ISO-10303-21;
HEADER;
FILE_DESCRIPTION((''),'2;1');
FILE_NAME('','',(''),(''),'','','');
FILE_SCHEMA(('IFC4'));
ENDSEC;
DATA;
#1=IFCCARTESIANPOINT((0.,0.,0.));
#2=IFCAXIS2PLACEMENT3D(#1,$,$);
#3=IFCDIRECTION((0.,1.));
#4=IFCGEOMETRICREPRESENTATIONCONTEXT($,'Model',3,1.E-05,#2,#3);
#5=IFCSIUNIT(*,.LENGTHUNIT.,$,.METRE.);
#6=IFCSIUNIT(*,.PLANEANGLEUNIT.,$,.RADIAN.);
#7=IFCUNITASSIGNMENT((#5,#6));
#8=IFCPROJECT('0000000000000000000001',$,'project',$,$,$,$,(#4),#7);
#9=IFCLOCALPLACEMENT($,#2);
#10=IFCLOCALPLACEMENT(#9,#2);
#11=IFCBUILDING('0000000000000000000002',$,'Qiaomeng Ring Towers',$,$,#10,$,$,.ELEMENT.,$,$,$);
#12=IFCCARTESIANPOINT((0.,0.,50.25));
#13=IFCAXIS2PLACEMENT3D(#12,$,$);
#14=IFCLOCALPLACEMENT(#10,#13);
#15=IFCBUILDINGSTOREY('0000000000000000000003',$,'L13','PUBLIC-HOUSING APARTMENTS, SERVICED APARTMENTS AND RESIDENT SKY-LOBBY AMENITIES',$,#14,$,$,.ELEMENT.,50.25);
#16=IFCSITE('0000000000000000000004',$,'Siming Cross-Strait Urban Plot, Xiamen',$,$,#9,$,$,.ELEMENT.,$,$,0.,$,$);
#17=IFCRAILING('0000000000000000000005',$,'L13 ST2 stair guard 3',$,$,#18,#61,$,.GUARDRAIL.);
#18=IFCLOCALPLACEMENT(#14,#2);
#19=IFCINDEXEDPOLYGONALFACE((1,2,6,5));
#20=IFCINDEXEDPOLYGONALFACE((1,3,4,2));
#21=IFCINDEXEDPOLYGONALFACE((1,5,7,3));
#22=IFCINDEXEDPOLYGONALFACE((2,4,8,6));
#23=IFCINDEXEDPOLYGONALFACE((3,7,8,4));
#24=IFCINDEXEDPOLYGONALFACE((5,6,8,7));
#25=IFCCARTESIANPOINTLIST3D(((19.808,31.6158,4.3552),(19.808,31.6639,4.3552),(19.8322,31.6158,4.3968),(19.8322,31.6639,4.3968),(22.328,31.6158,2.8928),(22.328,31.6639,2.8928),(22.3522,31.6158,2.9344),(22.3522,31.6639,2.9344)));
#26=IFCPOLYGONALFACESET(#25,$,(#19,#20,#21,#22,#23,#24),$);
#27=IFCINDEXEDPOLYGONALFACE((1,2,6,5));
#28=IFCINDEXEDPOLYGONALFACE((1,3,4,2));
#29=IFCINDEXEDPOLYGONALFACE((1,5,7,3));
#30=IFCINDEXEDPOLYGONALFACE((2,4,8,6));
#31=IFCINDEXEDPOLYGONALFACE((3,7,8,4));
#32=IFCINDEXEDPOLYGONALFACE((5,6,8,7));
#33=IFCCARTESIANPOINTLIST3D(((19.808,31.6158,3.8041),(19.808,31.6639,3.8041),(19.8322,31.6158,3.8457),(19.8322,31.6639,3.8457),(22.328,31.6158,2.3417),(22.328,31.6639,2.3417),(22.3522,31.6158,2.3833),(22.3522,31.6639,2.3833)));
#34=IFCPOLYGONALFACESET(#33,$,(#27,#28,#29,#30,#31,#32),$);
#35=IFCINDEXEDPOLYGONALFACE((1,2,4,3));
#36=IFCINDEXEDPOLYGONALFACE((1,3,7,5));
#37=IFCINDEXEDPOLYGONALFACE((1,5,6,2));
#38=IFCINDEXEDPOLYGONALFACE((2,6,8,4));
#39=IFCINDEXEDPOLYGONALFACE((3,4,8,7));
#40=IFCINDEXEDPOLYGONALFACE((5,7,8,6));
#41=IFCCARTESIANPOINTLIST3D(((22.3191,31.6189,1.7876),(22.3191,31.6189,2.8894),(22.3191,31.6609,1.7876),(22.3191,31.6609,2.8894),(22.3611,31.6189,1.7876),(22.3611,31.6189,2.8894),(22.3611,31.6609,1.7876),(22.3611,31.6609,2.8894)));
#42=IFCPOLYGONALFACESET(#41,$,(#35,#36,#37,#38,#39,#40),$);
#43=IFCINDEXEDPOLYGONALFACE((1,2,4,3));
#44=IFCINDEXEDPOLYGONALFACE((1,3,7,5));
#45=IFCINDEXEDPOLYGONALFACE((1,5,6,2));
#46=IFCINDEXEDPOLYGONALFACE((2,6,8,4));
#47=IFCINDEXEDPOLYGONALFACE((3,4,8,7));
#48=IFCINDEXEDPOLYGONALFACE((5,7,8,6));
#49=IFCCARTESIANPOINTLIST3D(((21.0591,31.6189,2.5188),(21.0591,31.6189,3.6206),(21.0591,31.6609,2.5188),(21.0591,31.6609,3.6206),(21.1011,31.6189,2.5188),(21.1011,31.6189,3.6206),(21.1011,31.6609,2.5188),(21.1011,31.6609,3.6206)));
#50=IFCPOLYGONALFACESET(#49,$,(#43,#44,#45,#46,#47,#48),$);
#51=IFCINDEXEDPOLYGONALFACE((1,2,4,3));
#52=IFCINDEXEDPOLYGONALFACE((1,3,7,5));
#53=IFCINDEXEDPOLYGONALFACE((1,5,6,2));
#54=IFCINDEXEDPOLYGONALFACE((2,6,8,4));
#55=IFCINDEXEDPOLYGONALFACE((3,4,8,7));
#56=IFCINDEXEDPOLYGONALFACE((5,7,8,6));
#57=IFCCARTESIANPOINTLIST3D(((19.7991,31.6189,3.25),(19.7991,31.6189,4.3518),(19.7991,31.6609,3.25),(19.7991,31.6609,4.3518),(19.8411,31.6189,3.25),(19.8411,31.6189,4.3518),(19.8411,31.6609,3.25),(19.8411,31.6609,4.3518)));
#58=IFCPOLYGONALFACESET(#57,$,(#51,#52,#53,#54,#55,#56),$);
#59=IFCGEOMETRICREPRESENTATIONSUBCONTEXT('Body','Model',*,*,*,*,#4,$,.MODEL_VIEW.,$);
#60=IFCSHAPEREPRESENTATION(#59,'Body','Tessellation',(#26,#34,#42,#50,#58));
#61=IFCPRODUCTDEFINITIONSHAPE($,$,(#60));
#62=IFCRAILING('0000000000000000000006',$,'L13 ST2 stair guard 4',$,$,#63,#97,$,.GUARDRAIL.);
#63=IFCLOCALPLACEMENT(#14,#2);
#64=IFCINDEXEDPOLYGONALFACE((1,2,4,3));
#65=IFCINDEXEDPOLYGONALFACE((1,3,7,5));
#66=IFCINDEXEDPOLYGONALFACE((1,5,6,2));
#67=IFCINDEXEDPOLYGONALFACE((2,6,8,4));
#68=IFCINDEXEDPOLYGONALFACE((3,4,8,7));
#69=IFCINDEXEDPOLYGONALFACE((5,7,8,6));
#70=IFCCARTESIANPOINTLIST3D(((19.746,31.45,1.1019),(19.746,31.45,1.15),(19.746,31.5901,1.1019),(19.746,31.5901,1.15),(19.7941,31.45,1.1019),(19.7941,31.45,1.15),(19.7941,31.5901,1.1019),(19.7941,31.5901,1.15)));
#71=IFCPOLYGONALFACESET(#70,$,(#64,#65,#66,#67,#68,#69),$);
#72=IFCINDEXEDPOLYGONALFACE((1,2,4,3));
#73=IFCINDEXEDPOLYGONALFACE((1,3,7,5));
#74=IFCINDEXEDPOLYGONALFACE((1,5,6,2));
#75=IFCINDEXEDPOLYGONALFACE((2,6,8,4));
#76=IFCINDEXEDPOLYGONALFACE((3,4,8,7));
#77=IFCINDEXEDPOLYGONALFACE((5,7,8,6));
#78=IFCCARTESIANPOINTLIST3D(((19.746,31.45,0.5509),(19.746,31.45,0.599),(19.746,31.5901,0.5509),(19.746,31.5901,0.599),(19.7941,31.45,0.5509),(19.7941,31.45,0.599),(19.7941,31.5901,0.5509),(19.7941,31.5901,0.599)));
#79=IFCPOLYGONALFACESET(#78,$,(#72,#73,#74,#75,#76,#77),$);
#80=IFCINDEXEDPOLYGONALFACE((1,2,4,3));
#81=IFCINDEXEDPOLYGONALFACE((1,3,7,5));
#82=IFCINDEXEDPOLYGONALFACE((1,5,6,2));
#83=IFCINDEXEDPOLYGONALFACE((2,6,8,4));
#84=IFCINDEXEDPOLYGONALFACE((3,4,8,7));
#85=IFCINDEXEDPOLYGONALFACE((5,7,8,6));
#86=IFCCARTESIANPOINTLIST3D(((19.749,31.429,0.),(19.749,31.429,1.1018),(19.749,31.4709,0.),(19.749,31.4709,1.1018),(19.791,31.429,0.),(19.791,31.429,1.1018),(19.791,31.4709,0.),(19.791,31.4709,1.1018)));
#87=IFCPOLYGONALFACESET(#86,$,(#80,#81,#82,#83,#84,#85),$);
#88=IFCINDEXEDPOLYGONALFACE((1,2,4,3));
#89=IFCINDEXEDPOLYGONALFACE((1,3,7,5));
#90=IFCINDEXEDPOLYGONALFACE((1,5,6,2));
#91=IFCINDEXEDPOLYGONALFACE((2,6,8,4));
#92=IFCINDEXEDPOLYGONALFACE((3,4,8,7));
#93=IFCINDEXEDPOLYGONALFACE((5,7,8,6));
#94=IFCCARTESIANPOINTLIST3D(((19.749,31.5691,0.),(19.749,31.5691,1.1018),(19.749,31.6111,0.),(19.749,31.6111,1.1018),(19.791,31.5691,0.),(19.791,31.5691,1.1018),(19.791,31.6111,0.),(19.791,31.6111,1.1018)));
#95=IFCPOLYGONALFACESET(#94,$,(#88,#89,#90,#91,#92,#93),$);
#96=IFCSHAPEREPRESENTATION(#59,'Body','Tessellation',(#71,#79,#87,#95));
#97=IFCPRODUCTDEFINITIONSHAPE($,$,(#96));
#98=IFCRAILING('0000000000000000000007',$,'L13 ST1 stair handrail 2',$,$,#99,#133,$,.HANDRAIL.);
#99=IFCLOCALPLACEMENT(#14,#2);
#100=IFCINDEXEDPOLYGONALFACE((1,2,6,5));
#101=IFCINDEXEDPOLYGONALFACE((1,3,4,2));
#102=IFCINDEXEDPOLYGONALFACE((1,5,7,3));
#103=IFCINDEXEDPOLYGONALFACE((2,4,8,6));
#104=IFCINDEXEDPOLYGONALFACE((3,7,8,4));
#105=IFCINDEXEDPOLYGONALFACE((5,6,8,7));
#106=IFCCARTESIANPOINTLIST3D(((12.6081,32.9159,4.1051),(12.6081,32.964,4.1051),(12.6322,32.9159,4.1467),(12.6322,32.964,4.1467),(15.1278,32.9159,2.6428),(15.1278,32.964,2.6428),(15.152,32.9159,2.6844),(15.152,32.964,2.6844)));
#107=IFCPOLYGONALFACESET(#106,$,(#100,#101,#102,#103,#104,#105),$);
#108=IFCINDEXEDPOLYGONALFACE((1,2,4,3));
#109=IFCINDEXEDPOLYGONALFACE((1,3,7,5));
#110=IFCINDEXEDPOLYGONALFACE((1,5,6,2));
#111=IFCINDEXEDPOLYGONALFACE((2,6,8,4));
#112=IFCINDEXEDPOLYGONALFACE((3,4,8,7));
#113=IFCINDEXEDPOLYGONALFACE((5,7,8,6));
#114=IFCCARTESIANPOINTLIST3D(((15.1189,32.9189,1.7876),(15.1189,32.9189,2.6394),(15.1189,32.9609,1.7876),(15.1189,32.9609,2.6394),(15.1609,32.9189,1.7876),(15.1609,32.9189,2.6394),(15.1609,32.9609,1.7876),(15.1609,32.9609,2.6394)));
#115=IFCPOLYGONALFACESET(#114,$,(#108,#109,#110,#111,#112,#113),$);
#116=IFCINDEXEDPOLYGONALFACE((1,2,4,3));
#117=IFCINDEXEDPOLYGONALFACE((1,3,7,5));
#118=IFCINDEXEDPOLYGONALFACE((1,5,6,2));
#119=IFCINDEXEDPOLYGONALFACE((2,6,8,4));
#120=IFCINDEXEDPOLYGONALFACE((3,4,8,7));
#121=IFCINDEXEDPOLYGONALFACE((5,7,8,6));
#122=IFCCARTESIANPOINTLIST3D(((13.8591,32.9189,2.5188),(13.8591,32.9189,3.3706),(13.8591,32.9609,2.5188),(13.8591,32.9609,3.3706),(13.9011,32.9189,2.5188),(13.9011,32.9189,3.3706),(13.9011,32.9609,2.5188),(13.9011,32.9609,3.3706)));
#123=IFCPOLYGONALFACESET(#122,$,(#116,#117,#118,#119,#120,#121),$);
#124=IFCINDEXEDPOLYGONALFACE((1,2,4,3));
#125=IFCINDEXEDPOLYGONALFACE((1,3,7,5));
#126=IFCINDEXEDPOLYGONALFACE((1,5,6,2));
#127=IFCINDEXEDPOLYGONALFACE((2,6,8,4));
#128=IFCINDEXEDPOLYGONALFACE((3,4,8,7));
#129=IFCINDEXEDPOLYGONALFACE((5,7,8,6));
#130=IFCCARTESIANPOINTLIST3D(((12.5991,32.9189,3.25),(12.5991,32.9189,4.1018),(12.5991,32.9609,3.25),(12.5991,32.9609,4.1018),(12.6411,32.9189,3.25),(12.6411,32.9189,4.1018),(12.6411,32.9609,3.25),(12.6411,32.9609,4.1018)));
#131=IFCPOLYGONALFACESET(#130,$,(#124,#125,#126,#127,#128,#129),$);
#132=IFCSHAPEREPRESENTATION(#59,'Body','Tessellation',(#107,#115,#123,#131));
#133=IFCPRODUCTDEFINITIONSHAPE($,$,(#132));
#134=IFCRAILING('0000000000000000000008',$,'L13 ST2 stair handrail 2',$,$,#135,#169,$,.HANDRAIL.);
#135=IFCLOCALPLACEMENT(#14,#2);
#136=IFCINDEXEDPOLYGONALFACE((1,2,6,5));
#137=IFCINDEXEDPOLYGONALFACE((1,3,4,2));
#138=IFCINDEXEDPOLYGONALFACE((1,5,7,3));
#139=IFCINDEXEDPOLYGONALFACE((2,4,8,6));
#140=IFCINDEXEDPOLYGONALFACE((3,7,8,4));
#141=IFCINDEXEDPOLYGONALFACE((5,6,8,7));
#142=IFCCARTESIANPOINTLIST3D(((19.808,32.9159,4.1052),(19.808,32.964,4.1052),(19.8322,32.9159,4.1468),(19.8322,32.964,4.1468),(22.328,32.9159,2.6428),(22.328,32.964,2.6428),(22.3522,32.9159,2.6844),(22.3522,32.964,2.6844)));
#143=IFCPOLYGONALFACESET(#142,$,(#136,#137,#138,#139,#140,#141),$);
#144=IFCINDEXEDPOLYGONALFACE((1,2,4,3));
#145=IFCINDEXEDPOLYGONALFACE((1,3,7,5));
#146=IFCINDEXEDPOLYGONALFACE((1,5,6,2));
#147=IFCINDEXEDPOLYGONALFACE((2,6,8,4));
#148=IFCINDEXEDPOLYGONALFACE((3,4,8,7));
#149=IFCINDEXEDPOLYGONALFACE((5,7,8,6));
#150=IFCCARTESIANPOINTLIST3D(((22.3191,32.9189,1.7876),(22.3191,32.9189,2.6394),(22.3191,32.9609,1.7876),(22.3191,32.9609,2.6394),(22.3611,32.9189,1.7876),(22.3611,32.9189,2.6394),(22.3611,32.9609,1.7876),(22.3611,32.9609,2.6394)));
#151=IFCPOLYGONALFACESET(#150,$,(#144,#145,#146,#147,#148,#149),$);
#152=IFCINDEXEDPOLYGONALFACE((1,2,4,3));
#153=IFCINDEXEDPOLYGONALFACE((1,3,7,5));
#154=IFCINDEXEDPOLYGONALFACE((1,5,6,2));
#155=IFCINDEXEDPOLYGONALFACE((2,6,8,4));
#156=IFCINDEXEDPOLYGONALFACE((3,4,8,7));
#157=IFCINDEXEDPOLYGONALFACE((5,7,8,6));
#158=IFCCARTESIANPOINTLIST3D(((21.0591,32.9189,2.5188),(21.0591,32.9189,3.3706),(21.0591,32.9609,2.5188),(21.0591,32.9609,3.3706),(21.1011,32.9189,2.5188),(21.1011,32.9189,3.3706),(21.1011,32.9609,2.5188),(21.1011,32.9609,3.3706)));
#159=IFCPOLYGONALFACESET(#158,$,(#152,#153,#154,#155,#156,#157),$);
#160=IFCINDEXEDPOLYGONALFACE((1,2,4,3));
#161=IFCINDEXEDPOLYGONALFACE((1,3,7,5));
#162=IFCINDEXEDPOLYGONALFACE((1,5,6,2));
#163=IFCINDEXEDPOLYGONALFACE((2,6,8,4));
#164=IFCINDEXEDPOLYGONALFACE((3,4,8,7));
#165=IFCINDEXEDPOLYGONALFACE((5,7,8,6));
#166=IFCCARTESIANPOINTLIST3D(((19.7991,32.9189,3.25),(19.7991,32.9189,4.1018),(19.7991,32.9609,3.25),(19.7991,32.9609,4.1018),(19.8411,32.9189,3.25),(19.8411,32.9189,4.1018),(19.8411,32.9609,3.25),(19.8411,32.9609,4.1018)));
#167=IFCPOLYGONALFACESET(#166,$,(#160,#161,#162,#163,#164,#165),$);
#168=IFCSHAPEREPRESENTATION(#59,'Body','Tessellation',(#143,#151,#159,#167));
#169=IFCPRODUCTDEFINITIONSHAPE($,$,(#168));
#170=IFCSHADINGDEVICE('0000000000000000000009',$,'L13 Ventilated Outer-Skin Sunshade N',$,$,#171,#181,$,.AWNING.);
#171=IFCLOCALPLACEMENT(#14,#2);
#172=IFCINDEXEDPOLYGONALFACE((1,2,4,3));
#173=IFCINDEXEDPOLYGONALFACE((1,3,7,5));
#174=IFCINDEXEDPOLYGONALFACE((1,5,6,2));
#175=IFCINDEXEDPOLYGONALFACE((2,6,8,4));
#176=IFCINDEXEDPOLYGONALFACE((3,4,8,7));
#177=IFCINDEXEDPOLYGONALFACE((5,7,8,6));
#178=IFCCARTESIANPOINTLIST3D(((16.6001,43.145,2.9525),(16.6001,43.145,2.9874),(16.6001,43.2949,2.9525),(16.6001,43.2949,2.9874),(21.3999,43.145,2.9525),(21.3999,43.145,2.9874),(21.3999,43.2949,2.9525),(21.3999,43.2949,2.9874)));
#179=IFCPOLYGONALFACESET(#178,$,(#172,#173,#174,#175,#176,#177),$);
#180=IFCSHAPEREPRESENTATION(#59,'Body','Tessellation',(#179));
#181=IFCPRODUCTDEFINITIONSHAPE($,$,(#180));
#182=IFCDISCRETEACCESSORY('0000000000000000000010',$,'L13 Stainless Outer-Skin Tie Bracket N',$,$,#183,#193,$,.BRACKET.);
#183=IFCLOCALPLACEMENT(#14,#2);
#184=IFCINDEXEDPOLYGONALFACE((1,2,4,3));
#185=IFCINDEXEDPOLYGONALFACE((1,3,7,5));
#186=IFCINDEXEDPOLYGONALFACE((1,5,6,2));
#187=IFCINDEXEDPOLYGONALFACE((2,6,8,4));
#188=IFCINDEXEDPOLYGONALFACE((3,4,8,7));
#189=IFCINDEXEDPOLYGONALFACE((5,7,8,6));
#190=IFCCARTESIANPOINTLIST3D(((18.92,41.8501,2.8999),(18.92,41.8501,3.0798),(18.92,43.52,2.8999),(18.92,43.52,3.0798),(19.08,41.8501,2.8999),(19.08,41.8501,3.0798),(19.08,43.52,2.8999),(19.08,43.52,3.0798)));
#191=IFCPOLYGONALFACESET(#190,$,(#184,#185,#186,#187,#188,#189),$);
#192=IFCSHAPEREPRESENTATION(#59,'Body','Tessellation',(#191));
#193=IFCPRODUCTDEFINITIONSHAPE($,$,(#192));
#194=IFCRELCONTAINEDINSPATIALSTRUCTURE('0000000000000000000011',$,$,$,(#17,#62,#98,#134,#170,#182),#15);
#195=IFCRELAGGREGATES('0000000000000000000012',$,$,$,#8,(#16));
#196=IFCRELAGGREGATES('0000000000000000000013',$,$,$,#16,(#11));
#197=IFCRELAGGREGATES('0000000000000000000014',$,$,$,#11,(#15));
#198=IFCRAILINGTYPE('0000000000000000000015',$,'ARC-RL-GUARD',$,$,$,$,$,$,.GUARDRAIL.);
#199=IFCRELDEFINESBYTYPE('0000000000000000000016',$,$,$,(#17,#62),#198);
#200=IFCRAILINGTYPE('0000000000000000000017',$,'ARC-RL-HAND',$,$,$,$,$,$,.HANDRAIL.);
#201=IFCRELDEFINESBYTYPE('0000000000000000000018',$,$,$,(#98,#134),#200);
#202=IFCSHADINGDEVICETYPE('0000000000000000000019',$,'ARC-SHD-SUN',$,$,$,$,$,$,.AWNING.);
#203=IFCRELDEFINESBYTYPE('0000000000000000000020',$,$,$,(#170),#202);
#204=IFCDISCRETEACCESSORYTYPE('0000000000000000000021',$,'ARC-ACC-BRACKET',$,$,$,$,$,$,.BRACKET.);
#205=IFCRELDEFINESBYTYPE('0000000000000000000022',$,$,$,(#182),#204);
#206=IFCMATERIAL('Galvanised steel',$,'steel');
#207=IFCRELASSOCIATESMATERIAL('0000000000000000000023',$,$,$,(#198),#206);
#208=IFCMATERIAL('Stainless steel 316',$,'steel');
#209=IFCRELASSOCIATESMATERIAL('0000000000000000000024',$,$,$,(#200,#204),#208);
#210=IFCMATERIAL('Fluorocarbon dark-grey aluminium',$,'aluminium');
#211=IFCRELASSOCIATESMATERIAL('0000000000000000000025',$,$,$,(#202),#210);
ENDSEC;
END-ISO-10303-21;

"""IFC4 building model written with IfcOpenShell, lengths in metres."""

from ifc_helpers import new_model, si_unit, direction, frame, origin, origin_2d, place, context, subcontext, project, spatial, rectangle, extrude, source, transform, mapped, material, material_profile, profile_set, type_object, element, save


model = new_model("IFC4")

# Units and contexts
model_context = context("Model", 3, precision=1e-05, world=origin(), true_north=direction((0.0, 1.0)))
body_context = subcontext(model_context, "Body", "Model", "MODEL_VIEW")
ifc_project = project(units=[si_unit("LENGTHUNIT", "METRE"), si_unit("PLANEANGLEUNIT", "RADIAN")], contexts=[model_context])

# Site, building, storey
site_placement = place(None, origin())
site = spatial("IfcSite", under=ifc_project, at=site_placement, Name="Siming Cross-Strait Urban Plot, Xiamen", CompositionType="ELEMENT", RefElevation=0.0)
building_placement = place(site_placement, origin())
building = spatial("IfcBuilding", under=site, at=building_placement, Name="Qiaomeng Ring Towers", CompositionType="ELEMENT")
storey_placement = place(building_placement, frame((0.0, 0.0, 50.25)))
storey = spatial("IfcBuildingStorey", under=building, at=storey_placement, Name="L13", Description="PUBLIC-HOUSING APARTMENTS, SERVICED APARTMENTS AND RESIDENT SKY-LOBBY AMENITIES", CompositionType="ELEMENT", Elevation=50.25)

# Shared definitions
ifc_material_1 = material(Name="Galvanised steel", Category="steel")

# Railings
railing_type_1 = type_object("IfcRailingType", Name="ARC-RL-GUARD", PredefinedType="GUARDRAIL", material=ifc_material_1)
railing_1_placement = place(storey_placement, frame((22.3401, 31.6399, 1.7876)))
element("IfcRailing", 1, at=railing_1_placement, inside=storey, type_object=railing_type_1, Name="L13 ST2 stair guard 3", PredefinedType="GUARDRAIL", context=body_context, shape_type="SweptSolid", body=[
    extrude(rectangle(XDim=0.0481, YDim=0.0481, at=origin_2d()), frame((0.0, 0.0, 1.126), z_axis=(-0.864913, 0.0, 0.501921), x_axis=(0.0, -1.0, 0.0)), (0.0, 0.0, 1.0), 2.9136),
    extrude(rectangle(XDim=0.0481, YDim=0.0481, at=origin_2d()), frame((0.0, 0.0, 0.575), z_axis=(-0.864913, 0.0, 0.501921), x_axis=(0.0, -1.0, 0.0)), (0.0, 0.0, 1.0), 2.9136),
    extrude(rectangle(XDim=0.042, YDim=0.042, at=origin_2d()), origin(), (0.0, 0.0, 1.0), 1.1018),
    extrude(rectangle(XDim=0.042, YDim=0.042, at=origin_2d()), frame((-1.26, 0.0, 0.7312)), (0.0, 0.0, 1.0), 1.1018),
    extrude(rectangle(XDim=0.042, YDim=0.042, at=origin_2d()), frame((-2.52, 0.0, 1.4624)), (0.0, 0.0, 1.0), 1.1018),
])
railing_2_placement = place(storey_placement, frame((19.77, 31.45, 0.0)))
element("IfcRailing", 2, at=railing_2_placement, inside=storey, type_object=railing_type_1, Name="L13 ST2 stair guard 4", PredefinedType="GUARDRAIL", context=body_context, shape_type="SweptSolid", body=[
    extrude(rectangle(XDim=0.0481, YDim=0.0481, at=origin_2d()), frame((0.0, 0.0, 1.126), z_axis=(0.0, 1.0, 0.0), x_axis=(-1.0, 0.0, 0.0)), (0.0, 0.0, 1.0), 0.1401),
    extrude(rectangle(XDim=0.0481, YDim=0.0481, at=origin_2d()), frame((0.0, 0.0, 0.575), z_axis=(0.0, 1.0, 0.0), x_axis=(-1.0, 0.0, 0.0)), (0.0, 0.0, 1.0), 0.1401),
    extrude(rectangle(XDim=0.042, YDim=0.042, at=origin_2d()), origin(), (0.0, 0.0, 1.0), 1.1018),
    extrude(rectangle(XDim=0.042, YDim=0.042, at=origin_2d()), frame((0.0, 0.1401, 0.0)), (0.0, 0.0, 1.0), 1.1018),
])
ifc_material_2 = material(Name="Stainless steel 316", Category="steel")
railing_type_2 = type_object("IfcRailingType", Name="ARC-RL-HAND", PredefinedType="HANDRAIL", material=ifc_material_2)
railing_3_placement = place(storey_placement, frame((15.1399, 32.9399, 1.7876)))
element("IfcRailing", 3, at=railing_3_placement, inside=storey, type_object=railing_type_2, Name="L13 ST1 stair handrail 2", PredefinedType="HANDRAIL", context=body_context, shape_type="SweptSolid", body=[
    extrude(rectangle(XDim=0.0481, YDim=0.0481, at=origin_2d()), frame((0.0, 0.0, 0.876), z_axis=(-0.864892, 0.0, 0.501958), x_axis=(0.0, -1.0, 0.0)), (0.0, 0.0, 1.0), 2.9133),
    extrude(rectangle(XDim=0.042, YDim=0.042, at=origin_2d()), origin(), (0.0, 0.0, 1.0), 0.8518),
    extrude(rectangle(XDim=0.042, YDim=0.042, at=origin_2d()), frame((-1.2598, 0.0, 0.7312)), (0.0, 0.0, 1.0), 0.8518),
    extrude(rectangle(XDim=0.042, YDim=0.042, at=origin_2d()), frame((-2.5198, 0.0, 1.4624)), (0.0, 0.0, 1.0), 0.8518),
])
railing_4_placement = place(storey_placement, frame((22.3401, 32.9399, 1.7876)))
element("IfcRailing", 4, at=railing_4_placement, inside=storey, type_object=railing_type_2, Name="L13 ST2 stair handrail 2", PredefinedType="HANDRAIL", context=body_context, shape_type="SweptSolid", body=[
    extrude(rectangle(XDim=0.0481, YDim=0.0481, at=origin_2d()), frame((0.0, 0.0, 0.876), z_axis=(-0.864913, 0.0, 0.501921), x_axis=(0.0, -1.0, 0.0)), (0.0, 0.0, 1.0), 2.9136),
    extrude(rectangle(XDim=0.042, YDim=0.042, at=origin_2d()), origin(), (0.0, 0.0, 1.0), 0.8518),
    extrude(rectangle(XDim=0.042, YDim=0.042, at=origin_2d()), frame((-1.26, 0.0, 0.7312)), (0.0, 0.0, 1.0), 0.8518),
    extrude(rectangle(XDim=0.042, YDim=0.042, at=origin_2d()), frame((-2.52, 0.0, 1.4624)), (0.0, 0.0, 1.0), 0.8518),
])

# Shading device
ifc_material_3 = material(Name="Fluorocarbon dark-grey aluminium", Category="aluminium")
ifc_material_profile_1 = material_profile(ifc_material_3, rectangle(XDim=0.1499, YDim=0.0349, at=origin_2d()), Name="LV BLADE 150x35")
ifc_profile_set_1 = profile_set([ifc_material_profile_1], Name="Fluorocarbon dark-grey aluminium")
shading_device_type = type_object("IfcShadingDeviceType", Name="ARC-SHD-SUN", PredefinedType="AWNING", material=ifc_profile_set_1)
shared_shape_1 = source(origin(), body_context, "Body", "SweptSolid", [
    extrude(rectangle(XDim=0.1499, YDim=0.0349, at=origin_2d()), origin(), (0.0, 0.0, 1.0), 4.7998),
])
shading_device_placement = place(storey_placement, frame((16.6001, 43.22, 2.97), z_axis=(1.0, 0.0, 0.0), x_axis=(0.0, 1.0, 0.0)))
element("IfcShadingDevice", 5, at=shading_device_placement, inside=storey, type_object=shading_device_type, Name="L13 Ventilated Outer-Skin Sunshade N", PredefinedType="AWNING", context=body_context, shape_type="MappedRepresentation", body=[
    mapped(shared_shape_1, transform((0.0, 0.0, 0.0), x_axis=(1.0, 0.0, 0.0), y_axis=(0.0, 1.0, 0.0), z_axis=(0.0, 0.0, 1.0), scale=1.0)),
])

# Discrete accessory
discrete_accessory_type = type_object("IfcDiscreteAccessoryType", Name="ARC-ACC-BRACKET", PredefinedType="BRACKET", material=ifc_material_2)
shared_shape_2 = source(origin(), body_context, "Body", "SweptSolid", [
    extrude(rectangle(XDim=0.1599, YDim=1.6699, at=origin_2d()), origin(), (0.0, 0.0, 1.0), 0.1799),
])
discrete_accessory_placement = place(storey_placement, frame((19.0, 42.6851, 2.8999), z_axis=(0.0, 0.0, 1.0), x_axis=(1.0, 0.0, 0.0)))
element("IfcDiscreteAccessory", 6, at=discrete_accessory_placement, inside=storey, type_object=discrete_accessory_type, Name="L13 Stainless Outer-Skin Tie Bracket N", PredefinedType="BRACKET", context=body_context, shape_type="MappedRepresentation", body=[
    mapped(shared_shape_2, transform((0.0, 0.0, 0.0), x_axis=(1.0, 0.0, 0.0), y_axis=(0.0, 1.0, 0.0), z_axis=(0.0, 0.0, 1.0), scale=1.0)),
])

save(model, "model.ifc")
